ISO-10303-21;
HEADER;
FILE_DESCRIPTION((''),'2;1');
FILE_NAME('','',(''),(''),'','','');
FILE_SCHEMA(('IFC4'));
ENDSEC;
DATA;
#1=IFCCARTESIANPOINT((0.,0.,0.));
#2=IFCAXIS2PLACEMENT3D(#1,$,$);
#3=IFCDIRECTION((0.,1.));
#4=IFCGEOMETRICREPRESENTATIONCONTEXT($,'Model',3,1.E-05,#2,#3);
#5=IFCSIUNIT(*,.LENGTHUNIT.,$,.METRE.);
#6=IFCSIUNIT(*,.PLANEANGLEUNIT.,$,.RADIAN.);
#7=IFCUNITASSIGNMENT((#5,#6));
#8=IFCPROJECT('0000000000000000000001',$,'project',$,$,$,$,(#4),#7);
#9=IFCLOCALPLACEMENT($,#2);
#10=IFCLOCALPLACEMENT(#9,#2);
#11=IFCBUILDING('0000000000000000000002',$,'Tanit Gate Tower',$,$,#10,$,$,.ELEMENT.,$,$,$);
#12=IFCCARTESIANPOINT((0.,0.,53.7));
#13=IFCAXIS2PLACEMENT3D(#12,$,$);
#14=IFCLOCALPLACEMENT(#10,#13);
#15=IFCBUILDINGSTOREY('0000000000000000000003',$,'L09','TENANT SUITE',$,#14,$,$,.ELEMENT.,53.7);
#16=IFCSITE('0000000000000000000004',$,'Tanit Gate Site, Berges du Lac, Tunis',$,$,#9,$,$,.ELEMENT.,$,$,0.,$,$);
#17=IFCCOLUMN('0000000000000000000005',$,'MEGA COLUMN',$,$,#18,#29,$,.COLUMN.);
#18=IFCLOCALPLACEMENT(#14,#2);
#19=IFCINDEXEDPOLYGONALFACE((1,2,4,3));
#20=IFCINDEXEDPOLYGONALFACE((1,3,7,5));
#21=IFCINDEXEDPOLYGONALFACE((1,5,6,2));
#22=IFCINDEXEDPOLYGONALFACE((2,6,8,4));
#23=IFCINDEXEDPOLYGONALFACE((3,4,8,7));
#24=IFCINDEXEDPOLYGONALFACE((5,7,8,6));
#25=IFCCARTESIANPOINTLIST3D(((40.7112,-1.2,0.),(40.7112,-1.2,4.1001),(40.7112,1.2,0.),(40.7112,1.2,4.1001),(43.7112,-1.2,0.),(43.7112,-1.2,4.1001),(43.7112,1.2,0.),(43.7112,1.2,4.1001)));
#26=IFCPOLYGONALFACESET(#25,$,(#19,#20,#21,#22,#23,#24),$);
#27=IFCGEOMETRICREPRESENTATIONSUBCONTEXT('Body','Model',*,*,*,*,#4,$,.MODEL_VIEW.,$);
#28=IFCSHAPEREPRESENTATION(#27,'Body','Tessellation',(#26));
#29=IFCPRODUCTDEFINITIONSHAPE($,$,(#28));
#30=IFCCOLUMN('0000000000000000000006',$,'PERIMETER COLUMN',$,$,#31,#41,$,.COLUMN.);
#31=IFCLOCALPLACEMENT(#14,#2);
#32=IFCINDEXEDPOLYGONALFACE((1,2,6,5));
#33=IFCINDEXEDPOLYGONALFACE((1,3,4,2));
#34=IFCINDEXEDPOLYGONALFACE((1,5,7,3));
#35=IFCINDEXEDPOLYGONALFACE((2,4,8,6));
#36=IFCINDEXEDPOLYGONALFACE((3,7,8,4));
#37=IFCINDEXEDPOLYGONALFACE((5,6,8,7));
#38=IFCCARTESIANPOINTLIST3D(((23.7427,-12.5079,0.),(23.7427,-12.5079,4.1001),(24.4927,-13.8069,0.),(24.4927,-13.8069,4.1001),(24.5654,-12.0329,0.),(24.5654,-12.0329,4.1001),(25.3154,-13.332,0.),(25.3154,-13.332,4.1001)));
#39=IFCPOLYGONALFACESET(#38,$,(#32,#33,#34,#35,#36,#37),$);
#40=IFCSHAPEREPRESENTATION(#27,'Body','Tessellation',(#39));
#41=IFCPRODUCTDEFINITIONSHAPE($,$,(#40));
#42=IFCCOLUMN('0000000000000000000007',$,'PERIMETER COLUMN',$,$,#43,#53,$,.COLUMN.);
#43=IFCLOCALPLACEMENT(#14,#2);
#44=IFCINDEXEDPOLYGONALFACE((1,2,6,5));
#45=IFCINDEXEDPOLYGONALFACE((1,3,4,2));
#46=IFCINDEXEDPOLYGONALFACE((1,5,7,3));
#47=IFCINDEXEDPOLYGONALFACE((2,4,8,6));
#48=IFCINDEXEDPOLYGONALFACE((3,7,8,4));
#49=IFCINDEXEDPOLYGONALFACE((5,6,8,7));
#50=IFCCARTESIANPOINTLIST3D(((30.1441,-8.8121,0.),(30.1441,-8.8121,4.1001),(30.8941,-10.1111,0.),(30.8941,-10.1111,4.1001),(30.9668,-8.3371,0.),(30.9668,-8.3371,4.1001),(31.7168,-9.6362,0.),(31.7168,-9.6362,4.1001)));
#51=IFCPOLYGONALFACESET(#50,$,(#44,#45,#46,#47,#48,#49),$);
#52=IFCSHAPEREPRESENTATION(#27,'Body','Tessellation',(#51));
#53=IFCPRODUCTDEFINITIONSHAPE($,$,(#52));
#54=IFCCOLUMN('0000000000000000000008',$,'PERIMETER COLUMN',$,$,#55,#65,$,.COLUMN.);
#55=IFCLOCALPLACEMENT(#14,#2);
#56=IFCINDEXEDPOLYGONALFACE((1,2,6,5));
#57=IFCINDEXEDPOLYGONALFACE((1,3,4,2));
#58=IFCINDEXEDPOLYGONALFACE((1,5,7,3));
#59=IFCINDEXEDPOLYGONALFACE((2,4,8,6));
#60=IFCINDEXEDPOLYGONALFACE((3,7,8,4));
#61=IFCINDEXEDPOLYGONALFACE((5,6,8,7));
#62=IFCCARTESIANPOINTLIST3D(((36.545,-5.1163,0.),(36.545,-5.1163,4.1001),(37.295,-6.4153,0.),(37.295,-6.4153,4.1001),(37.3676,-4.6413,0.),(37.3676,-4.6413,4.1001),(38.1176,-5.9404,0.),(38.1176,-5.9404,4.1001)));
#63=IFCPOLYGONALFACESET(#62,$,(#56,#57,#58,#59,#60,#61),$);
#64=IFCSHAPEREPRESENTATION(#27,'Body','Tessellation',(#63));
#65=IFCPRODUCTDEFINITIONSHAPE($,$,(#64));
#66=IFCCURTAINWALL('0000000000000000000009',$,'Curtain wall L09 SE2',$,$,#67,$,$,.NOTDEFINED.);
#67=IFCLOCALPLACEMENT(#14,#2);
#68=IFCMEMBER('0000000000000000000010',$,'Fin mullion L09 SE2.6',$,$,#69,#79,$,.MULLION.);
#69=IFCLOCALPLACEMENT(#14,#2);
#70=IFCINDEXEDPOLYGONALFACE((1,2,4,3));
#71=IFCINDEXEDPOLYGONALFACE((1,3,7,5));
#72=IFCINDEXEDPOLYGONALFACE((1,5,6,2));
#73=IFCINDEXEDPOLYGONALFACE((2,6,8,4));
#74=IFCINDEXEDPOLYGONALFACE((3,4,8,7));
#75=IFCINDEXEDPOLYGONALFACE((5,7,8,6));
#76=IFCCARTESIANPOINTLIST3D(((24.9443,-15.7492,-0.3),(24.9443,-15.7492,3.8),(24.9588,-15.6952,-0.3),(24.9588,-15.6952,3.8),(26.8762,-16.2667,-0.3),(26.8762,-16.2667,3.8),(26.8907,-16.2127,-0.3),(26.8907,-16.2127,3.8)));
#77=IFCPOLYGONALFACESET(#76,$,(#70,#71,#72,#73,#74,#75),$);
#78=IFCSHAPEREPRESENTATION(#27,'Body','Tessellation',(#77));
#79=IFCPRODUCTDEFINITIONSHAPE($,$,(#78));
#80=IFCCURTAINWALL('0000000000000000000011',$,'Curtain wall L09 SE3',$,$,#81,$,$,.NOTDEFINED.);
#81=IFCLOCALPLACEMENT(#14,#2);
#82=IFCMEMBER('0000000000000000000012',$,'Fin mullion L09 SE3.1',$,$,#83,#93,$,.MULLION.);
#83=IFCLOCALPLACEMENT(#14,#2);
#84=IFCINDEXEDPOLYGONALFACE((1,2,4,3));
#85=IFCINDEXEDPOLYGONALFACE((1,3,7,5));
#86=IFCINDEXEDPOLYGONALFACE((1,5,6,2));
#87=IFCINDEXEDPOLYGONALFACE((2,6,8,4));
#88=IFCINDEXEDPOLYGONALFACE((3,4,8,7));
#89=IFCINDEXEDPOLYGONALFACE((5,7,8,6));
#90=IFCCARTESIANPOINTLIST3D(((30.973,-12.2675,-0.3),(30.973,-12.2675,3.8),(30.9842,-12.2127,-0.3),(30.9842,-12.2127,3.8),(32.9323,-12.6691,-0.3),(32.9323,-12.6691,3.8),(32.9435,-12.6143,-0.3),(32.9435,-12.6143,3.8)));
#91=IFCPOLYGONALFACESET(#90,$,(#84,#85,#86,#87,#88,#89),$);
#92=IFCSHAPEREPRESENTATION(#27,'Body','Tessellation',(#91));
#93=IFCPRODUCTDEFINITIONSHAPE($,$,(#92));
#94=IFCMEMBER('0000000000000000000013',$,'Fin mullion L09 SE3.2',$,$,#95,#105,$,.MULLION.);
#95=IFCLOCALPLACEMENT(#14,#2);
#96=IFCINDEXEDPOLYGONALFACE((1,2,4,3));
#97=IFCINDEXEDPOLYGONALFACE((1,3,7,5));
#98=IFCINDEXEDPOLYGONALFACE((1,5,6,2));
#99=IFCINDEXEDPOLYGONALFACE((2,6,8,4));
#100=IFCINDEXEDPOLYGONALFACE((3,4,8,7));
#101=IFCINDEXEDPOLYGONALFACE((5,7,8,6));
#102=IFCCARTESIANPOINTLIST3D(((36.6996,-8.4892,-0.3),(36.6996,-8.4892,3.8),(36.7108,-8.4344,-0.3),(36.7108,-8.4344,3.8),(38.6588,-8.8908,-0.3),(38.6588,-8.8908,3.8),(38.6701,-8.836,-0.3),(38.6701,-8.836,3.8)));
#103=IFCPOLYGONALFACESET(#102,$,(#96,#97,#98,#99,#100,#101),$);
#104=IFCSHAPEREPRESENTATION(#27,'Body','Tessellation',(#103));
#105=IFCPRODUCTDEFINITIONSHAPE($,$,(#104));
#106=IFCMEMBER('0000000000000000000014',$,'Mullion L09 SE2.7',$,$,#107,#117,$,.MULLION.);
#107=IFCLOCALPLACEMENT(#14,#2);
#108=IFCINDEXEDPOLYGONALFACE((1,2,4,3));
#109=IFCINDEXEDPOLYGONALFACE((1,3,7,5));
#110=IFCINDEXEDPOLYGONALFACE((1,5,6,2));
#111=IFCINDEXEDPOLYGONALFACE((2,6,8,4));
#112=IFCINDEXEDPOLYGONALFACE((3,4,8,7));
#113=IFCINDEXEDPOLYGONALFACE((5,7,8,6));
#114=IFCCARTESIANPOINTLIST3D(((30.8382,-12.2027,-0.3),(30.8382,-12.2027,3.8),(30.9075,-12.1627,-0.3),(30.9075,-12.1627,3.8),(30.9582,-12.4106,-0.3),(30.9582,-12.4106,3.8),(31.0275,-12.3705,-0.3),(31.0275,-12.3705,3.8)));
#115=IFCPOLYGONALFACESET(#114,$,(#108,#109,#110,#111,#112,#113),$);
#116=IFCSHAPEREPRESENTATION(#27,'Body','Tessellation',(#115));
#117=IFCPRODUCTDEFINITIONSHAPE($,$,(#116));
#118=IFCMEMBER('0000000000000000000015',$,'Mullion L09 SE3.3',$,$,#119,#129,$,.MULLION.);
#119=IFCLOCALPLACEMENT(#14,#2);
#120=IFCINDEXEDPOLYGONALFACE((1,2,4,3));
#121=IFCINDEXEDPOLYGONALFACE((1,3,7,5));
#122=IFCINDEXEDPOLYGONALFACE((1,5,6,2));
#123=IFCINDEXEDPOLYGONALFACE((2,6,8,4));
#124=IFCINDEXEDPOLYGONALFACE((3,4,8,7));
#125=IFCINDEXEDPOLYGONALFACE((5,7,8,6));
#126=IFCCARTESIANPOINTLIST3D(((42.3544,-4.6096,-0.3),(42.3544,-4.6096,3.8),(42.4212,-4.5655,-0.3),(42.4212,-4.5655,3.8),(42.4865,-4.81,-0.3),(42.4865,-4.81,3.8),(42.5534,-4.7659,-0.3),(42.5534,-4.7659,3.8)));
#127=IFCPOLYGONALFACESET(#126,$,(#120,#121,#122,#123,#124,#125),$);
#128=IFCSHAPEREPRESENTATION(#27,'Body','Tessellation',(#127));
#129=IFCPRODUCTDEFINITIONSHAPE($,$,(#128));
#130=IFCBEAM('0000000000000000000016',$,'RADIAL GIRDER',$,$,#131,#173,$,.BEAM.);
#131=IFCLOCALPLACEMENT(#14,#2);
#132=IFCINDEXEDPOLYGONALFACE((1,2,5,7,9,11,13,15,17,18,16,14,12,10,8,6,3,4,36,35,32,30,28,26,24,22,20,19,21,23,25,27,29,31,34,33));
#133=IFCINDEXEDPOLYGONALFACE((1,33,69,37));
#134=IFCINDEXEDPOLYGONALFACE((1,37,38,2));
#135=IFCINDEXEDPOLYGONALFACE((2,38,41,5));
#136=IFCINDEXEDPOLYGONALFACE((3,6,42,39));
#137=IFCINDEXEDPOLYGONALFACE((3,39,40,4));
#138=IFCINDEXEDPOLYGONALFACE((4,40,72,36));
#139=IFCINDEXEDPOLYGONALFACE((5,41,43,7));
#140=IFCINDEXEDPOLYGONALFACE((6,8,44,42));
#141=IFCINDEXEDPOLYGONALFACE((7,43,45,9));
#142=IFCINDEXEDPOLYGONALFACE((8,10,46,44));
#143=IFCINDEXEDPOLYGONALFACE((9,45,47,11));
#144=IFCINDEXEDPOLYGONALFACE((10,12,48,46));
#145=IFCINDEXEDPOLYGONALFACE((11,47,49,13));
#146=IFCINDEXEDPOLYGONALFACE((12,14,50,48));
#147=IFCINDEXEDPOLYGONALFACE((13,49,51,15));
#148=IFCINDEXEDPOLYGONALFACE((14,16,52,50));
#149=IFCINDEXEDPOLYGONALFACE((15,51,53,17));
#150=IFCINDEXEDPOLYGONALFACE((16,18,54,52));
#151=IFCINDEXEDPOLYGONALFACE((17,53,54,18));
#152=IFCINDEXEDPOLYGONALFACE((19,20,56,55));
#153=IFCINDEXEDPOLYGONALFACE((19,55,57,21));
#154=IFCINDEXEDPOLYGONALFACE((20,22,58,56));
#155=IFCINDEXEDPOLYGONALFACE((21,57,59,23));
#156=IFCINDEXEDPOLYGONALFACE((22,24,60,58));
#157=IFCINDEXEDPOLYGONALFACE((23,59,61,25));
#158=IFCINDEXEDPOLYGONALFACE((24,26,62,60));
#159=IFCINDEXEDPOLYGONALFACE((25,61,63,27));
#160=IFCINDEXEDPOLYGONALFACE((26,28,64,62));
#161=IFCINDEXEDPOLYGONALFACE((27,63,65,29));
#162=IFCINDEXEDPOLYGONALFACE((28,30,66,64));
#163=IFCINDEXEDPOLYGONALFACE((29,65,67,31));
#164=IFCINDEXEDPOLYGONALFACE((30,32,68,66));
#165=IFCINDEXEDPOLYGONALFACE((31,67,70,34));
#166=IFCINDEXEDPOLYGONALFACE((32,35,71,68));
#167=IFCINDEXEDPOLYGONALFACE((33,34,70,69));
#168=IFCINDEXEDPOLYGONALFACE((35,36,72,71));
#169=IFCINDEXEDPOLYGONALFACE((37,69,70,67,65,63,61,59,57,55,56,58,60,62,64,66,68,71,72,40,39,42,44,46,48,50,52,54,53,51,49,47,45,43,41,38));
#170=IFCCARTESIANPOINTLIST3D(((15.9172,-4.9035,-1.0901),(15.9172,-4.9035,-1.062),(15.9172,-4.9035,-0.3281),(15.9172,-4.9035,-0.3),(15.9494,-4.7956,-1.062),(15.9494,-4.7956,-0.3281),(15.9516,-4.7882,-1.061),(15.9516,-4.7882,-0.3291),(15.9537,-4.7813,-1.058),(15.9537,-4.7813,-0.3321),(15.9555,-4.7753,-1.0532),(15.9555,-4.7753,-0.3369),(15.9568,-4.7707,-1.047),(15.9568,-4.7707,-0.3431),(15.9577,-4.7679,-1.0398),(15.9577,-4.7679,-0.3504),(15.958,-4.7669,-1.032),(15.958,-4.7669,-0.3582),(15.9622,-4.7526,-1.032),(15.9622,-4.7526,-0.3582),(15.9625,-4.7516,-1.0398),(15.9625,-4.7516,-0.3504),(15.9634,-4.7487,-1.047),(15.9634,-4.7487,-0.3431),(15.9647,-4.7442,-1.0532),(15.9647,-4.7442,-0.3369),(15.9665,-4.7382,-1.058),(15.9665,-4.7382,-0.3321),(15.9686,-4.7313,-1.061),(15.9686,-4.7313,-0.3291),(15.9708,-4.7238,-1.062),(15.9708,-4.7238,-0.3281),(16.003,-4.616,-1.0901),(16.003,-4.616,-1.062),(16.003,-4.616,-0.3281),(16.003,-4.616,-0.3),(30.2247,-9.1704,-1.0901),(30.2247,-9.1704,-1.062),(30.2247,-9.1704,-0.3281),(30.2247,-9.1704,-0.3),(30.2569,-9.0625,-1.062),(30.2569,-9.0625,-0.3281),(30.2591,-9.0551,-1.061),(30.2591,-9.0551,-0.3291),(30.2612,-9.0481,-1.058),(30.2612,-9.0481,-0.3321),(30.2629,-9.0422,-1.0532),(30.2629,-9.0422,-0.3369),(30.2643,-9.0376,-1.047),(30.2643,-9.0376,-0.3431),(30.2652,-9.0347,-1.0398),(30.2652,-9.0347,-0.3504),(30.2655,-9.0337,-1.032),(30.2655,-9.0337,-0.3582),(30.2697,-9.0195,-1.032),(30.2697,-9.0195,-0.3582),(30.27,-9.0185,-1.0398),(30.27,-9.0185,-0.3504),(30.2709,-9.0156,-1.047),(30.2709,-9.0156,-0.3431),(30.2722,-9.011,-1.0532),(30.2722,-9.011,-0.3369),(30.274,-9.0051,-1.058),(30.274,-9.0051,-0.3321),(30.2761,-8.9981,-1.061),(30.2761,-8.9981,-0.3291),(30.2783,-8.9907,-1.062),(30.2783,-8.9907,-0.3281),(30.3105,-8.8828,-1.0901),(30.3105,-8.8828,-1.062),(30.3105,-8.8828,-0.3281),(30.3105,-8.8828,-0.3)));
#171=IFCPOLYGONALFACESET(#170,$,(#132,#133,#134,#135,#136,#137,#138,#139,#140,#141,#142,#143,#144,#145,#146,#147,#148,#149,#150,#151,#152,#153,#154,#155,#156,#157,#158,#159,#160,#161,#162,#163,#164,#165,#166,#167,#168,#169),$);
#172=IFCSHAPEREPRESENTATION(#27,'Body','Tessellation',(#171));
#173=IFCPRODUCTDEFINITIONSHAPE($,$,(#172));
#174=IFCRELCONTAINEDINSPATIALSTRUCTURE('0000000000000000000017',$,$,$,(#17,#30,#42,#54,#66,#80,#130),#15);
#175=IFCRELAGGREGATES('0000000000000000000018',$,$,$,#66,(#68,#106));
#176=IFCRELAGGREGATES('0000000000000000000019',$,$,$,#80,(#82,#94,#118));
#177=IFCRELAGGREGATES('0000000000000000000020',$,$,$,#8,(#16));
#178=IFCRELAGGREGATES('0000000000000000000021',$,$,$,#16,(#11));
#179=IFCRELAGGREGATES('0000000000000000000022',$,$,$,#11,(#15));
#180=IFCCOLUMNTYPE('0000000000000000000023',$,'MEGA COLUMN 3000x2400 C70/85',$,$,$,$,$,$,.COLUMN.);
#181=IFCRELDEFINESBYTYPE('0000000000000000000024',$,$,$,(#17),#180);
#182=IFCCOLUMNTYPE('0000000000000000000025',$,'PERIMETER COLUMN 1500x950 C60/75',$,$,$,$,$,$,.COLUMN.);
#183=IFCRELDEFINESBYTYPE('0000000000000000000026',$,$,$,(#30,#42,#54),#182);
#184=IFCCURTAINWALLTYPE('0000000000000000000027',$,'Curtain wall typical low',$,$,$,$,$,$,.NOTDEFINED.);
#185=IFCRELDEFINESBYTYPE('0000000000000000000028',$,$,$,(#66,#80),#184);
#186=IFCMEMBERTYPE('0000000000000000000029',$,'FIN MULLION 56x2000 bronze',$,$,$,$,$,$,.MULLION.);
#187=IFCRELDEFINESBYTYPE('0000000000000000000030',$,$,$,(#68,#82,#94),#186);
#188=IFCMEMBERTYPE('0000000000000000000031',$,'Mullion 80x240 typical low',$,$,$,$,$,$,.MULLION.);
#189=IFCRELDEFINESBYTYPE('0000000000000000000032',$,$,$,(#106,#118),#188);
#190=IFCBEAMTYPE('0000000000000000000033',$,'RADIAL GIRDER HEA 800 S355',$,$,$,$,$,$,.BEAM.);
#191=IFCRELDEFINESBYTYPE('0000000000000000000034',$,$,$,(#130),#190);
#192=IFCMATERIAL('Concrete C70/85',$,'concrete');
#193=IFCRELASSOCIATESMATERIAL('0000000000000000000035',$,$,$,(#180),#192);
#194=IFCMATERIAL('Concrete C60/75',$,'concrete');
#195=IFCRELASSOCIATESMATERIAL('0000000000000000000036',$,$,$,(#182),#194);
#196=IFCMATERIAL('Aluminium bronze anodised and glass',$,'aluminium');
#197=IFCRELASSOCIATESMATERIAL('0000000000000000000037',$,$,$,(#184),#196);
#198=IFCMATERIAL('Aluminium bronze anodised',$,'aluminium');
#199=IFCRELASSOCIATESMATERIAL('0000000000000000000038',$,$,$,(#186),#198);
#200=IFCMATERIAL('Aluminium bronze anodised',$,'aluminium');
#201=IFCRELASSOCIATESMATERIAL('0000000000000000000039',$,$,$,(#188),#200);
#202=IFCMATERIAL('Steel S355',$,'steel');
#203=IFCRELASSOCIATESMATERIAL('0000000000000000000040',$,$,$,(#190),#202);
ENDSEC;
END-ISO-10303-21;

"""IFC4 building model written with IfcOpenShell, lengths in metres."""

from ifc_helpers import new_model, si_unit, direction, frame, origin, origin_2d, place, context, subcontext, project, spatial, rectangle, i_section, extrude, material, material_profile, profile_set, type_object, element, aggregate, save


model = new_model("IFC4")

# Units and contexts
model_context = context("Model", 3, precision=1e-05, world=origin(), true_north=direction((0.0, 1.0)))
body_context = subcontext(model_context, "Body", "Model", "MODEL_VIEW")
ifc_project = project(units=[si_unit("LENGTHUNIT", "METRE"), si_unit("PLANEANGLEUNIT", "RADIAN")], contexts=[model_context])

# Site, building, storey
site_placement = place(None, origin())
site = spatial("IfcSite", under=ifc_project, at=site_placement, Name="Tanit Gate Site, Berges du Lac, Tunis", CompositionType="ELEMENT", RefElevation=0.0)
building_placement = place(site_placement, origin())
building = spatial("IfcBuilding", under=site, at=building_placement, Name="Tanit Gate Tower", CompositionType="ELEMENT")
storey_placement = place(building_placement, frame((0.0, 0.0, 53.7)))
storey = spatial("IfcBuildingStorey", under=building, at=storey_placement, Name="L09", Description="TENANT SUITE", CompositionType="ELEMENT", Elevation=53.7)

# Columns
ifc_material_1 = material(Name="Concrete C70/85", Category="concrete")
ifc_material_profile_1 = material_profile(ifc_material_1, rectangle(XDim=3.0, YDim=2.3999, at=origin_2d()), Name="RC 3000x2400")
ifc_profile_set_1 = profile_set([ifc_material_profile_1], Name="Concrete C70/85")
column_type_1 = type_object("IfcColumnType", Name="MEGA COLUMN 3000x2400 C70/85", PredefinedType="COLUMN", material=ifc_profile_set_1)
column_placement = place(storey_placement, frame((42.2112, 0.0, 0.0), z_axis=(0.0, 0.0, 1.0), x_axis=(1.0, 0.0, 0.0)))
element("IfcColumn", 1, at=column_placement, inside=storey, type_object=column_type_1, Name="MEGA COLUMN", PredefinedType="COLUMN", context=body_context, shape_type="SweptSolid", body=[
    extrude(rectangle(XDim=3.0, YDim=2.3999, at=origin_2d()), origin(), (0.0, 0.0, 1.0), 4.1001),
])
ifc_material_2 = material(Name="Concrete C60/75", Category="concrete")
ifc_material_profile_2 = material_profile(ifc_material_2, rectangle(XDim=1.5, YDim=0.95, at=origin_2d()), Name="RC 1500x950")
ifc_profile_set_2 = profile_set([ifc_material_profile_2], Name="Concrete C60/75")
column_type_2 = type_object("IfcColumnType", Name="PERIMETER COLUMN 1500x950 C60/75", PredefinedType="COLUMN", material=ifc_profile_set_2)
for number, where, z_axis, x_axis, name in (
    (2, (24.5291, -12.9199, 0.0), (0.0, 0.0, 1.0), (0.5, -0.866025, 0.0), "PERIMETER COLUMN"),
    (3, (30.9304, -9.2241, 0.0), (0.0, 0.0, 1.0), (0.5, -0.866025, 0.0), "PERIMETER COLUMN"),
    (4, (37.3313, -5.5283, 0.0), (0.0, 0.0, 1.0), (0.5, -0.866025, 0.0), "PERIMETER COLUMN"),
):
    element("IfcColumn", number, at=place(storey_placement, frame(where, z_axis=z_axis, x_axis=x_axis)), inside=storey, type_object=column_type_2, Name=name, PredefinedType="COLUMN", context=body_context, shape_type="SweptSolid", body=[
        extrude(rectangle(XDim=1.5, YDim=0.95, at=origin_2d()), origin(), (0.0, 0.0, 1.0), 4.1001),
    ])

# Curtain wall, member
ifc_material_3 = material(Name="Aluminium bronze anodised and glass", Category="aluminium")
curtain_wall_type = type_object("IfcCurtainWallType", Name="Curtain wall typical low", PredefinedType="NOTDEFINED", material=ifc_material_3)
curtain_wall_1_placement = place(storey_placement, origin())
curtain_wall_1 = element("IfcCurtainWall", 5, at=curtain_wall_1_placement, inside=storey, type_object=curtain_wall_type, Name="Curtain wall L09 SE2", PredefinedType="NOTDEFINED")
ifc_material_4 = material(Name="Aluminium bronze anodised", Category="aluminium")
ifc_material_profile_3 = material_profile(ifc_material_4, rectangle(XDim=2.0, YDim=0.0559, at=origin_2d()), Name="56x2000 bronze fin mullion")
ifc_profile_set_3 = profile_set([ifc_material_profile_3], Name="Aluminium bronze anodised")
member_type_1 = type_object("IfcMemberType", Name="FIN MULLION 56x2000 bronze", PredefinedType="MULLION", material=ifc_profile_set_3)
member_1_placement = place(storey_placement, frame((25.9175, -15.981, -0.3), z_axis=(0.0, 0.0, 1.0), x_axis=(-0.965944, 0.258752, 0.0)))
member_1 = element("IfcMember", 6, at=member_1_placement, type_object=member_type_1, Name="Fin mullion L09 SE2.6", PredefinedType="MULLION", context=body_context, shape_type="SweptSolid", body=[
    extrude(rectangle(XDim=2.0, YDim=0.0559, at=origin_2d()), origin(), (0.0, 0.0, 1.0), 4.1001),
])

# Curtain wall, members
curtain_wall_2_placement = place(storey_placement, origin())
curtain_wall_2 = element("IfcCurtainWall", 7, at=curtain_wall_2_placement, inside=storey, type_object=curtain_wall_type, Name="Curtain wall L09 SE3", PredefinedType="NOTDEFINED")
member_2_placement = place(storey_placement, frame((31.9583, -12.4409, -0.3), z_axis=(0.0, 0.0, 1.0), x_axis=(-0.979635, 0.200785, 0.0)))
member_2 = element("IfcMember", 8, at=member_2_placement, type_object=member_type_1, Name="Fin mullion L09 SE3.1", PredefinedType="MULLION", context=body_context, shape_type="SweptSolid", body=[
    extrude(rectangle(XDim=2.0, YDim=0.0559, at=origin_2d()), origin(), (0.0, 0.0, 1.0), 4.1001),
])
member_3_placement = place(storey_placement, frame((37.6848, -8.6626, -0.3), z_axis=(0.0, 0.0, 1.0), x_axis=(-0.979635, 0.200785, 0.0)))
member_3 = element("IfcMember", 9, at=member_3_placement, type_object=member_type_1, Name="Fin mullion L09 SE3.2", PredefinedType="MULLION", context=body_context, shape_type="SweptSolid", body=[
    extrude(rectangle(XDim=2.0, YDim=0.0559, at=origin_2d()), origin(), (0.0, 0.0, 1.0), 4.1001),
])

# Members
ifc_material_5 = material(Name="Aluminium bronze anodised", Category="aluminium")
ifc_material_profile_4 = material_profile(ifc_material_5, rectangle(XDim=0.24, YDim=0.0801, at=origin_2d()), Name="80x240 bronze mullion")
ifc_profile_set_4 = profile_set([ifc_material_profile_4], Name="Aluminium bronze anodised")
member_type_2 = type_object("IfcMemberType", Name="Mullion 80x240 typical low", PredefinedType="MULLION", material=ifc_profile_set_4)
member_4_placement = place(storey_placement, frame((30.9329, -12.2866, -0.3), z_axis=(0.0, 0.0, 1.0), x_axis=(-0.50006, 0.865991, 0.0)))
member_4 = element("IfcMember", 10, at=member_4_placement, type_object=member_type_2, Name="Mullion L09 SE2.7", PredefinedType="MULLION", context=body_context, shape_type="SweptSolid", body=[
    extrude(rectangle(XDim=0.24, YDim=0.0801, at=origin_2d()), origin(), (0.0, 0.0, 1.0), 4.1001),
])
member_5_placement = place(storey_placement, frame((42.4539, -4.6877, -0.3), z_axis=(0.0, 0.0, 1.0), x_axis=(-0.55073, 0.834683, 0.0)))
member_5 = element("IfcMember", 11, at=member_5_placement, type_object=member_type_2, Name="Mullion L09 SE3.3", PredefinedType="MULLION", context=body_context, shape_type="SweptSolid", body=[
    extrude(rectangle(XDim=0.24, YDim=0.0801, at=origin_2d()), origin(), (0.0, 0.0, 1.0), 4.1001),
])

# Beam
ifc_material_6 = material(Name="Steel S355", Category="steel")
ifc_material_profile_5 = material_profile(ifc_material_6, i_section(OverallWidth=0.3, OverallDepth=0.79, WebThickness=0.0149, FlangeThickness=0.0281, FilletRadius=0.03, at=origin_2d()), Name="HEA 800")
ifc_profile_set_5 = profile_set([ifc_material_profile_5], Name="Steel S355")
beam_type_1 = type_object("IfcBeamType", Name="RADIAL GIRDER HEA 800 S355", PredefinedType="BEAM", material=ifc_profile_set_5)
beam_1_placement = place(storey_placement, frame((30.2676, -9.0266, -0.6951), z_axis=(-0.958293, 0.285789, 0.0), x_axis=(-0.285789, -0.958293, 0.0)))
element("IfcBeam", 12, at=beam_1_placement, inside=storey, type_object=beam_type_1, Name="RADIAL GIRDER", PredefinedType="BEAM", context=body_context, shape_type="SweptSolid", body=[
    extrude(i_section(OverallWidth=0.3, OverallDepth=0.79, WebThickness=0.0149, FlangeThickness=0.0281, FilletRadius=0.03, at=origin_2d()), origin(), (0.0, 0.0, 1.0), 14.9302),
])

aggregate(curtain_wall_1, [member_1, member_4])
aggregate(curtain_wall_2, [member_2, member_3, member_5])

save(model, "model.ifc")
